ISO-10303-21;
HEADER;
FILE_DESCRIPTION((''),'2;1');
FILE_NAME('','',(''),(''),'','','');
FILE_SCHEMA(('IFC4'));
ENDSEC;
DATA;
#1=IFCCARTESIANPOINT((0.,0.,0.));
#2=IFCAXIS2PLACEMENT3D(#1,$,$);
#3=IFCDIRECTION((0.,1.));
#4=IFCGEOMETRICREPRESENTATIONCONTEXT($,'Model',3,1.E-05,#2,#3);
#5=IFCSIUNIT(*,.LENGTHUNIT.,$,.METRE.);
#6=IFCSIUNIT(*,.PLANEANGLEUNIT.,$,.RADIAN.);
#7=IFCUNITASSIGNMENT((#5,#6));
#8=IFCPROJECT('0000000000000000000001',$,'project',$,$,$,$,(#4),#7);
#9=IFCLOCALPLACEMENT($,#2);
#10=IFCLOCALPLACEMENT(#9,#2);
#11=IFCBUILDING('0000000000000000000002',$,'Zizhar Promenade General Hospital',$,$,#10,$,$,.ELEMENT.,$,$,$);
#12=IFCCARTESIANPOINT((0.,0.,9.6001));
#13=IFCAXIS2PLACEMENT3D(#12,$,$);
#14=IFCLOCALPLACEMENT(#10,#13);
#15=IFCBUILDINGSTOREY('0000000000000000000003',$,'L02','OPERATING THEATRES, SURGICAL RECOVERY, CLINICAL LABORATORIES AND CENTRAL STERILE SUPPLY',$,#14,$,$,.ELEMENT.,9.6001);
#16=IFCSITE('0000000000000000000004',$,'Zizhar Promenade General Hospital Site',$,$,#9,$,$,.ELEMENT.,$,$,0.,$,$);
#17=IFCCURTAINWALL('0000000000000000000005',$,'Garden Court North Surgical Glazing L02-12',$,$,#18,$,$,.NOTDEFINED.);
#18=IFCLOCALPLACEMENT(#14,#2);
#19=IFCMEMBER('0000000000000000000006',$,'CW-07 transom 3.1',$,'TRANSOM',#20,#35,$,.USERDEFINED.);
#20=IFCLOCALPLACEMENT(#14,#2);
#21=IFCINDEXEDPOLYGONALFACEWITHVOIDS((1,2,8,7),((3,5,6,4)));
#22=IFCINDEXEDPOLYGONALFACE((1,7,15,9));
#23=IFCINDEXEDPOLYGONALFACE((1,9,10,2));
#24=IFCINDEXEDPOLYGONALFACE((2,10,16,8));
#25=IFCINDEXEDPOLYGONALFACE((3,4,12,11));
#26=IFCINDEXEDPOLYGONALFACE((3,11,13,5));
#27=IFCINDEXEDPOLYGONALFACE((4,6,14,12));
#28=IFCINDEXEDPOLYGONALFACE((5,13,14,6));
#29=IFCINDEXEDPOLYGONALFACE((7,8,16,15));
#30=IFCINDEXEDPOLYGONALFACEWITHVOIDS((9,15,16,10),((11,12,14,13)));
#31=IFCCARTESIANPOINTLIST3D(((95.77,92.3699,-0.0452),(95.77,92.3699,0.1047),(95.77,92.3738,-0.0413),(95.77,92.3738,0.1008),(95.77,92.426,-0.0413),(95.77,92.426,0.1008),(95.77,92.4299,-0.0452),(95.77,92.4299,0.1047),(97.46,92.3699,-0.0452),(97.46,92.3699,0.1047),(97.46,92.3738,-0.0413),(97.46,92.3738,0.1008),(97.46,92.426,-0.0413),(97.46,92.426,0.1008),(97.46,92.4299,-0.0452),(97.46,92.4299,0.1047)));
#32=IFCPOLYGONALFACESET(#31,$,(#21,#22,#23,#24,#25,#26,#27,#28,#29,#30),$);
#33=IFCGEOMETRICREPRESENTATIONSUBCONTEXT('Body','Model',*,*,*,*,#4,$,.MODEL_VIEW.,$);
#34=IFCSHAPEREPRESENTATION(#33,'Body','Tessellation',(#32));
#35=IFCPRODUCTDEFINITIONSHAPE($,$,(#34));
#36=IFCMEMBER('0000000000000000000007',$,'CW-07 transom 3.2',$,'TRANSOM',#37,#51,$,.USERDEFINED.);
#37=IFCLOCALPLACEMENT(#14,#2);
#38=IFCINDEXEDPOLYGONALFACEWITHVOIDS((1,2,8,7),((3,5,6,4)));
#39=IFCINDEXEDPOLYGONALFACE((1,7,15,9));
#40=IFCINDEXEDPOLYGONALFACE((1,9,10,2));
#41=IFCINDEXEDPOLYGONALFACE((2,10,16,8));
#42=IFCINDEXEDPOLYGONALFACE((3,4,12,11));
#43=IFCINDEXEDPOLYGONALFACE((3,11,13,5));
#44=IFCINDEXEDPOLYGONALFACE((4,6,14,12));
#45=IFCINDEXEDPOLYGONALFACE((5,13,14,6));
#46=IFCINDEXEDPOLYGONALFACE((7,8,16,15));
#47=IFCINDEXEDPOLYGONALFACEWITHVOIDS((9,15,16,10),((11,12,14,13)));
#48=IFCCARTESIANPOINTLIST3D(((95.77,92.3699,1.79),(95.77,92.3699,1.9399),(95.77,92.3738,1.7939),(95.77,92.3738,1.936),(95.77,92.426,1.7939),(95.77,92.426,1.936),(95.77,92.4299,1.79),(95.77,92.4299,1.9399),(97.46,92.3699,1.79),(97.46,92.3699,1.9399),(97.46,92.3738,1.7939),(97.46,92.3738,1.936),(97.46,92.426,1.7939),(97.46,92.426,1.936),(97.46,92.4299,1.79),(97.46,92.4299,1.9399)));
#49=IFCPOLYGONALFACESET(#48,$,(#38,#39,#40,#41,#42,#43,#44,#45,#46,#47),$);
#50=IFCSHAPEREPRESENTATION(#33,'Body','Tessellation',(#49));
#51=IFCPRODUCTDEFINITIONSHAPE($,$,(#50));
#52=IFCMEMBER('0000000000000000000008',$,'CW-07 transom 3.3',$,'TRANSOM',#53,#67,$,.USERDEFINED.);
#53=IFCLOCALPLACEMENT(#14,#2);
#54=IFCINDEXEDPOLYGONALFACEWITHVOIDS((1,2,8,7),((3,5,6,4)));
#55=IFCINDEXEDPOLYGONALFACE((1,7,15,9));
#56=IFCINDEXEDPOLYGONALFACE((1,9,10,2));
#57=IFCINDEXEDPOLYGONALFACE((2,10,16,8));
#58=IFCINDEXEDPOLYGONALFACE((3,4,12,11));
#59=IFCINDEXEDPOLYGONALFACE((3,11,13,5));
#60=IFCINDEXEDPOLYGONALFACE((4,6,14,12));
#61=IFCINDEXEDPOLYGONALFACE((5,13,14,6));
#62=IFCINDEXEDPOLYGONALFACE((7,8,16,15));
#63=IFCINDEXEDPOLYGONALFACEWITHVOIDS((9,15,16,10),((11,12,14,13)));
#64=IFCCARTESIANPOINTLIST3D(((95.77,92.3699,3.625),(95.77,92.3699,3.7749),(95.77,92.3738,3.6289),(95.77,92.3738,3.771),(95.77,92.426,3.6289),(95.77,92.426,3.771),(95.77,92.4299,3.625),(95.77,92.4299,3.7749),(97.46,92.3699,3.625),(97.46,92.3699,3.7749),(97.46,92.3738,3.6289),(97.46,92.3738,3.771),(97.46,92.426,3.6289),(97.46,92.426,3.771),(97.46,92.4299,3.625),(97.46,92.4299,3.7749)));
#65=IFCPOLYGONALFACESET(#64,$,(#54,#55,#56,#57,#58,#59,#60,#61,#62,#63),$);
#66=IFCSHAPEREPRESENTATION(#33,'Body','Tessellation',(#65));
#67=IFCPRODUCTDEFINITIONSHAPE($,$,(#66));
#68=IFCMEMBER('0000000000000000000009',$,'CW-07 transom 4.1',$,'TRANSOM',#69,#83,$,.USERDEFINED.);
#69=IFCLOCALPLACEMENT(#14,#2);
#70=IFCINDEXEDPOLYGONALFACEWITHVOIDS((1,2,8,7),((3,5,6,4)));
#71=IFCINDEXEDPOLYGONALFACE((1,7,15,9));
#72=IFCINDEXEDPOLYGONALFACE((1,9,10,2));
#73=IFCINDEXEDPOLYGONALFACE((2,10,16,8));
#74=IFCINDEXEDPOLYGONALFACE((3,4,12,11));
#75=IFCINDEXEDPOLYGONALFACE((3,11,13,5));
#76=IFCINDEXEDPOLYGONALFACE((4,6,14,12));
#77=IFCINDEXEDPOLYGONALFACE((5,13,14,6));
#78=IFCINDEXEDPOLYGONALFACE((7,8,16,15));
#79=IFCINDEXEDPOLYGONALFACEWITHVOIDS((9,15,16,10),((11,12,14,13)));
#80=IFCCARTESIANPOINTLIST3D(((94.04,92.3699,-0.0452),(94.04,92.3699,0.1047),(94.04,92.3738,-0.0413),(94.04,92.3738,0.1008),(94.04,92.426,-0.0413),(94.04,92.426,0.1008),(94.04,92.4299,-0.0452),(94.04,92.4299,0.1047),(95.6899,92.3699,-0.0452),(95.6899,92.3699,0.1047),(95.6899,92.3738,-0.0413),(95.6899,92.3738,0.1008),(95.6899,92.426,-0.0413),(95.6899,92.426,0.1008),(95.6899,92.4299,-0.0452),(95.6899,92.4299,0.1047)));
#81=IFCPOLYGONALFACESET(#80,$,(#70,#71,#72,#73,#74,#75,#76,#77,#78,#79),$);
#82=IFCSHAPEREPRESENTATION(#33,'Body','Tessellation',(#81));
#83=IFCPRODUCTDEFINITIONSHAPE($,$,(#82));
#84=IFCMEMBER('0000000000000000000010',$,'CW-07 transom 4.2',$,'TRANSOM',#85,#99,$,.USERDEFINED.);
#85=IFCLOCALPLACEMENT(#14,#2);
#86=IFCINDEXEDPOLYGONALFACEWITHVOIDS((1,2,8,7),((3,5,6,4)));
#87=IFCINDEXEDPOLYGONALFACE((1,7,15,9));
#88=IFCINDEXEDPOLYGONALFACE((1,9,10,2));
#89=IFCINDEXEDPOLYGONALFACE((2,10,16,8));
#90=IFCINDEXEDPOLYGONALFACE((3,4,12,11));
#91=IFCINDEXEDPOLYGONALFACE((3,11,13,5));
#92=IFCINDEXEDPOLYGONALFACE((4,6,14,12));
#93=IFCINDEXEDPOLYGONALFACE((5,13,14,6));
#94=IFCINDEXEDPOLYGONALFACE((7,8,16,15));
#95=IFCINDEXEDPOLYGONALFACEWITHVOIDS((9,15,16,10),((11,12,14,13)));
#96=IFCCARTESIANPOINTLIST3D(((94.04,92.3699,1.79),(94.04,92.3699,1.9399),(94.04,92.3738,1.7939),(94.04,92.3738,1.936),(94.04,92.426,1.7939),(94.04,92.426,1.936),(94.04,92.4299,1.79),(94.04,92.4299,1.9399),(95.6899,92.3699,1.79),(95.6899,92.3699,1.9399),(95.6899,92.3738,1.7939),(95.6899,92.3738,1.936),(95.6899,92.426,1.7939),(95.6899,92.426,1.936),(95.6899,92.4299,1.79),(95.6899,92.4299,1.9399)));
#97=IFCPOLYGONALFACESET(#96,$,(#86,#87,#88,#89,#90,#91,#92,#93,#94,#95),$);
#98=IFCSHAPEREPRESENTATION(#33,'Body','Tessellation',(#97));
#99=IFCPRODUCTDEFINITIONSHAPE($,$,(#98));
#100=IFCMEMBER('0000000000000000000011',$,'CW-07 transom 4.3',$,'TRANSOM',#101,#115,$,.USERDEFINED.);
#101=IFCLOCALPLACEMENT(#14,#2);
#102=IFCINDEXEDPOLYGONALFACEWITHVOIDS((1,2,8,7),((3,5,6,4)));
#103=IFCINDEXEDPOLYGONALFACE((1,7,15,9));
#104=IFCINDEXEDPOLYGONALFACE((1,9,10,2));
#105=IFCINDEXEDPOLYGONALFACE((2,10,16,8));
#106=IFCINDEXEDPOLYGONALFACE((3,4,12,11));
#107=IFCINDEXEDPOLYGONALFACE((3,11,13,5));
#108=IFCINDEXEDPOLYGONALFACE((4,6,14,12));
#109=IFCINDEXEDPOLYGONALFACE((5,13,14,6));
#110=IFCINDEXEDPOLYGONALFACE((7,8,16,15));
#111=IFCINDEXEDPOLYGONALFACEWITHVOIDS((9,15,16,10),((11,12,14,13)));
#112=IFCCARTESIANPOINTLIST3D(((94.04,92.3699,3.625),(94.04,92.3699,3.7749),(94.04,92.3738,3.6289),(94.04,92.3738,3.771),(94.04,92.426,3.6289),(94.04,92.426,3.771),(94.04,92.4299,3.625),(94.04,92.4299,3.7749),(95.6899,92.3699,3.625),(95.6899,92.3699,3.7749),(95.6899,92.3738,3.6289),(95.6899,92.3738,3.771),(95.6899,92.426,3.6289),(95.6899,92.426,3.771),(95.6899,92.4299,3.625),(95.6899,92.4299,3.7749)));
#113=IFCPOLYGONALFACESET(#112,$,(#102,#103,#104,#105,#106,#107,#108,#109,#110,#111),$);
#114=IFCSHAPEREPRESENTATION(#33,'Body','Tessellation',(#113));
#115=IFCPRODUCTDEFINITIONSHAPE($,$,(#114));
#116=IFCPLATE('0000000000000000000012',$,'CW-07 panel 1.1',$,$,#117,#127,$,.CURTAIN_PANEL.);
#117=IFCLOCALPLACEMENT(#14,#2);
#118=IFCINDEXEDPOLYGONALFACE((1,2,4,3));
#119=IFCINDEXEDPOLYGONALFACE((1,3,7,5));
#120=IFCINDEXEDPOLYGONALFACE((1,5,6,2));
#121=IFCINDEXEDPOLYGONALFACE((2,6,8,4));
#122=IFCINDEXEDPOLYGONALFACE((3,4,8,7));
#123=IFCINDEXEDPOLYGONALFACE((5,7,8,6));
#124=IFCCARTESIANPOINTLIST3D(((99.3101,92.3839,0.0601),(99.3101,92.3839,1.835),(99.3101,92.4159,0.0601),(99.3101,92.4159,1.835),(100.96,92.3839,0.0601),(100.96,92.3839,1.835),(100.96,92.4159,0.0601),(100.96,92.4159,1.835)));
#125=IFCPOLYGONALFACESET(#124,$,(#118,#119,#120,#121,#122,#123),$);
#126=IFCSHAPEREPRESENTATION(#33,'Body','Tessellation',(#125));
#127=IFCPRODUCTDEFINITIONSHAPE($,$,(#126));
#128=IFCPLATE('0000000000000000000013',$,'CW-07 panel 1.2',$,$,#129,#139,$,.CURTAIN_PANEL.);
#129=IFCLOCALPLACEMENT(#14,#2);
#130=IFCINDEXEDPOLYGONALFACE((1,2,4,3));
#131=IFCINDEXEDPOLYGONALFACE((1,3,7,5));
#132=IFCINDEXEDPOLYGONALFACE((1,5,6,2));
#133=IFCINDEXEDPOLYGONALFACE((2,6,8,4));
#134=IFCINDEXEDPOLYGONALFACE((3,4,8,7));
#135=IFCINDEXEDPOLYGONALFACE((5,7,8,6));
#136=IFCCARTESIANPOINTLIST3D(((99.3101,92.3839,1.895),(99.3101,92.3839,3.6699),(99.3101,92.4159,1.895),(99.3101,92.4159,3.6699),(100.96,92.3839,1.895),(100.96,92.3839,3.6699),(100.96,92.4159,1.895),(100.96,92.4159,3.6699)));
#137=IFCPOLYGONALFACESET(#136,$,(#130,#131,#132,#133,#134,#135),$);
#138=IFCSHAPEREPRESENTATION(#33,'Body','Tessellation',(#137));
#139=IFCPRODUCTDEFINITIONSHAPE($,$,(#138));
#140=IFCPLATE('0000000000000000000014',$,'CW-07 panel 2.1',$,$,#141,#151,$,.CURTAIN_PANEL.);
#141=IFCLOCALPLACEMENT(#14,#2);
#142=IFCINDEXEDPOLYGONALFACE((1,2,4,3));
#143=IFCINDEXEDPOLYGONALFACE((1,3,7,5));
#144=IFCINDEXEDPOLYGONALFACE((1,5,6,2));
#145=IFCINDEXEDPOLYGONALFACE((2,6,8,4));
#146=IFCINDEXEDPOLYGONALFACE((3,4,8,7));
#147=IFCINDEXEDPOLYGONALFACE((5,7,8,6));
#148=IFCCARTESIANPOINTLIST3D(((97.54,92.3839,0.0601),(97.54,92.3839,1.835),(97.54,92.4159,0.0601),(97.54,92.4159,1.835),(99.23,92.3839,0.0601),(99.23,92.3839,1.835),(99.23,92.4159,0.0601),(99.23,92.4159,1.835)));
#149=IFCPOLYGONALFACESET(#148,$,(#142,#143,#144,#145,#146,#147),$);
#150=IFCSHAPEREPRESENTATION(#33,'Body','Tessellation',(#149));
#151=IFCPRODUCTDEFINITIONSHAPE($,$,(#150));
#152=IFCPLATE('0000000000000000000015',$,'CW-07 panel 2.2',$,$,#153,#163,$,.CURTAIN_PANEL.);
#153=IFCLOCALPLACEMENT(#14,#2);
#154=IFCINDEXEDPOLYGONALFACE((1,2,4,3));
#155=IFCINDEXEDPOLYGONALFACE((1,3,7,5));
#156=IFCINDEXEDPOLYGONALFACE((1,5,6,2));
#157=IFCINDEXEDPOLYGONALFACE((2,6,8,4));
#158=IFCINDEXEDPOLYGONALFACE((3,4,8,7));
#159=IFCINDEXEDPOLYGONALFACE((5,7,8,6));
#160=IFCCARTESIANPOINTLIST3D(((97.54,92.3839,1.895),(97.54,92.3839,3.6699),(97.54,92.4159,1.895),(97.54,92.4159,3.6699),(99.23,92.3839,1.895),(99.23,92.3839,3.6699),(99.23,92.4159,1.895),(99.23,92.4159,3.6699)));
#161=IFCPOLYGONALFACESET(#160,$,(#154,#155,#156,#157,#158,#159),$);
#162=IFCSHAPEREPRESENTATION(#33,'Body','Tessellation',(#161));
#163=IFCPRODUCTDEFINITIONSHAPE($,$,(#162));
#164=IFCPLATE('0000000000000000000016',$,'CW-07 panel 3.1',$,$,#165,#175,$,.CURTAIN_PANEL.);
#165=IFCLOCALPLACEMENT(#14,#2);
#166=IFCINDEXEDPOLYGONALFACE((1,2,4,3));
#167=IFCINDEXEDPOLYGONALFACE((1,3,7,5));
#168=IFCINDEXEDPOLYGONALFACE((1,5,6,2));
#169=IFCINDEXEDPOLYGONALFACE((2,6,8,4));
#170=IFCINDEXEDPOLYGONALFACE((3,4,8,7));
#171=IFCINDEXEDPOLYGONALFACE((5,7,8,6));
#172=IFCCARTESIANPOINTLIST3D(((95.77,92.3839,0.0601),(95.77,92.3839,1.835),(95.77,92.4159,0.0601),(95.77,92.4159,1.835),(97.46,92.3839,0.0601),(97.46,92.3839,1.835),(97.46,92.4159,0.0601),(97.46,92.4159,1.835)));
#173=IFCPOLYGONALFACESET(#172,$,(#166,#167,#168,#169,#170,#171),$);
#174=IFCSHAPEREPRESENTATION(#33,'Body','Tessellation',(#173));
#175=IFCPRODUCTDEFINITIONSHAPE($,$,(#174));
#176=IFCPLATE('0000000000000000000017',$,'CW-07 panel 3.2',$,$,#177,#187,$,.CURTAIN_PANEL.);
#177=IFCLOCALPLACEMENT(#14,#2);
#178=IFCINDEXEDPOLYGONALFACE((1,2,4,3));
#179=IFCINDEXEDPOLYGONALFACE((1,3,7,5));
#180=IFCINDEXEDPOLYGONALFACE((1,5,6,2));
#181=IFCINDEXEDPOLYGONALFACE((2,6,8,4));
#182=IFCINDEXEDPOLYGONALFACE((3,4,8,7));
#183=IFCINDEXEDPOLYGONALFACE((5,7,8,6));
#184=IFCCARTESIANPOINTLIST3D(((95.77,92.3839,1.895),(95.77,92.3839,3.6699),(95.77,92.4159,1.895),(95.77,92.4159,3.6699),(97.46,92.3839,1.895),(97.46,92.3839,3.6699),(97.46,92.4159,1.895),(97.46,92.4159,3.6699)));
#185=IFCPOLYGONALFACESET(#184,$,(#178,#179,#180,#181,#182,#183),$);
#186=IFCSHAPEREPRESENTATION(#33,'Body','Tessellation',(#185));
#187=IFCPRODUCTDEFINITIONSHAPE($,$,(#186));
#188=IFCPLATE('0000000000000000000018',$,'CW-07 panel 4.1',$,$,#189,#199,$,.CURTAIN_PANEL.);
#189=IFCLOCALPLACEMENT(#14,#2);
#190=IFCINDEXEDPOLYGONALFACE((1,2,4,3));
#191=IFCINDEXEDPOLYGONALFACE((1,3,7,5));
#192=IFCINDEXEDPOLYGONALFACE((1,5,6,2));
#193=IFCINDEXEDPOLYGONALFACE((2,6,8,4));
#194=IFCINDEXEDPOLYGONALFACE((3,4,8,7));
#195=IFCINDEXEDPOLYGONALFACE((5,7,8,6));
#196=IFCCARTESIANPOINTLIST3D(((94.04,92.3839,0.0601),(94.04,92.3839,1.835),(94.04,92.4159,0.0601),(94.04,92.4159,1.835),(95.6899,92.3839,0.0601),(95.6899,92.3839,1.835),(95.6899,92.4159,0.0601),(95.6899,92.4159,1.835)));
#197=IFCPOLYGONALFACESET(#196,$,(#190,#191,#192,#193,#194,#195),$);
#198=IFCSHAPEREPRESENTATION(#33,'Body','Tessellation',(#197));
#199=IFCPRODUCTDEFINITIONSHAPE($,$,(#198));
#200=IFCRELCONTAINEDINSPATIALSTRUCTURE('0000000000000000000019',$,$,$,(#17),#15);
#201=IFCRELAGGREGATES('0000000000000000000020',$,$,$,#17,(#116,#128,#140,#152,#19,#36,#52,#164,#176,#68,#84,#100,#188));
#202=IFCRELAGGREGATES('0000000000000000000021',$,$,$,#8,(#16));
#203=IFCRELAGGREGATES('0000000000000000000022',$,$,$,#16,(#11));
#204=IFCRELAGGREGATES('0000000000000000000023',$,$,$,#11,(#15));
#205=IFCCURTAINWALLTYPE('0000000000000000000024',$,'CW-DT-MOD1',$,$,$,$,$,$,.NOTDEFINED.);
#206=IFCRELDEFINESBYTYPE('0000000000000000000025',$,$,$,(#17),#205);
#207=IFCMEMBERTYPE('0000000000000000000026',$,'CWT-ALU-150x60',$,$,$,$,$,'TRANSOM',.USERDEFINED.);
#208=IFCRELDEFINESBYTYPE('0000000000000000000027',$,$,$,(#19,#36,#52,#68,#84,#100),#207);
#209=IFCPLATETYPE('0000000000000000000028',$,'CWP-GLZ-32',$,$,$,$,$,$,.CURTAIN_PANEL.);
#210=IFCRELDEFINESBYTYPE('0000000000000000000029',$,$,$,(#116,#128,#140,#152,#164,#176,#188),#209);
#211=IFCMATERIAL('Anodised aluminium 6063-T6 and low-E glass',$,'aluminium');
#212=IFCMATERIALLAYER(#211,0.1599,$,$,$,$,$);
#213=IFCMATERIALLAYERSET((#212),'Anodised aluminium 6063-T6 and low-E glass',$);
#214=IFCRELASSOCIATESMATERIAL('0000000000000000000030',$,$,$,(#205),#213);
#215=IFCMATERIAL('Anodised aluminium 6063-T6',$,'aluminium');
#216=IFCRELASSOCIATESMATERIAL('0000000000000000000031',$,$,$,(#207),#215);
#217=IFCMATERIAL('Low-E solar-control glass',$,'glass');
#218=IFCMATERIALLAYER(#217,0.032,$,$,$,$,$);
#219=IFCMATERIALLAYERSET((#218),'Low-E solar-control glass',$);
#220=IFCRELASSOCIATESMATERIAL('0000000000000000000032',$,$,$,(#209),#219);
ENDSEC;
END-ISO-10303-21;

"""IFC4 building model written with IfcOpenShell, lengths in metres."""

from ifc_helpers import new_model, si_unit, direction, frame, origin, origin_2d, place, context, subcontext, project, spatial, rectangle, hollow_rectangle, extrude, material, layer, layer_set, material_profile, profile_set, type_object, element, aggregate, save


model = new_model("IFC4")

# Units and contexts
model_context = context("Model", 3, precision=1e-05, world=origin(), true_north=direction((0.0, 1.0)))
body_context = subcontext(model_context, "Body", "Model", "MODEL_VIEW")
ifc_project = project(units=[si_unit("LENGTHUNIT", "METRE"), si_unit("PLANEANGLEUNIT", "RADIAN")], contexts=[model_context])

# Site, building, storey
site_placement = place(None, origin())
site = spatial("IfcSite", under=ifc_project, at=site_placement, Name="Zizhar Promenade General Hospital Site", CompositionType="ELEMENT", RefElevation=0.0)
building_placement = place(site_placement, origin())
building = spatial("IfcBuilding", under=site, at=building_placement, Name="Zizhar Promenade General Hospital", CompositionType="ELEMENT")
storey_placement = place(building_placement, frame((0.0, 0.0, 9.6001)))
storey = spatial("IfcBuildingStorey", under=building, at=storey_placement, Name="L02", Description="OPERATING THEATRES, SURGICAL RECOVERY, CLINICAL LABORATORIES AND CENTRAL STERILE SUPPLY", CompositionType="ELEMENT", Elevation=9.6001)

# Curtain wall, members, plates
ifc_material_1 = material(Name="Anodised aluminium 6063-T6 and low-E glass", Category="aluminium")
ifc_layer_1 = layer(ifc_material_1, 0.1599)
ifc_layer_set_1 = layer_set([ifc_layer_1], Name="Anodised aluminium 6063-T6 and low-E glass")
curtain_wall_type = type_object("IfcCurtainWallType", Name="CW-DT-MOD1", PredefinedType="NOTDEFINED", material=ifc_layer_set_1)
curtain_wall_placement = place(storey_placement, origin())
curtain_wall = element("IfcCurtainWall", 1, at=curtain_wall_placement, inside=storey, type_object=curtain_wall_type, Name="Garden Court North Surgical Glazing L02-12", PredefinedType="NOTDEFINED")
ifc_material_2 = material(Name="Anodised aluminium 6063-T6", Category="aluminium")
ifc_material_profile_1 = material_profile(ifc_material_2, hollow_rectangle(XDim=0.0601, YDim=0.1499, WallThickness=0.0039, at=origin_2d()))
ifc_profile_set_1 = profile_set([ifc_material_profile_1], Name="Anodised aluminium 6063-T6")
member_type_1 = type_object("IfcMemberType", Name="CWT-ALU-150x60", ElementType="TRANSOM", PredefinedType="USERDEFINED", material=ifc_profile_set_1)
member_1_placement = place(storey_placement, frame((97.46, 92.3999, 0.0298), z_axis=(-1.0, 0.0, 0.0), x_axis=(0.0, -1.0, 0.0)))
member_1 = element("IfcMember", 2, at=member_1_placement, type_object=member_type_1, Name="CW-07 transom 3.1", ObjectType="TRANSOM", PredefinedType="USERDEFINED", context=body_context, shape_type="SweptSolid", body=[
    extrude(hollow_rectangle(XDim=0.0601, YDim=0.1499, WallThickness=0.0039, at=origin_2d()), origin(), (0.0, 0.0, 1.0), 1.6899),
])
member_2_placement = place(storey_placement, frame((97.46, 92.3999, 1.865), z_axis=(-1.0, 0.0, 0.0), x_axis=(0.0, -1.0, 0.0)))
member_2 = element("IfcMember", 3, at=member_2_placement, type_object=member_type_1, Name="CW-07 transom 3.2", ObjectType="TRANSOM", PredefinedType="USERDEFINED", context=body_context, shape_type="SweptSolid", body=[
    extrude(hollow_rectangle(XDim=0.0601, YDim=0.1499, WallThickness=0.0039, at=origin_2d()), origin(), (0.0, 0.0, 1.0), 1.6899),
])
member_3_placement = place(storey_placement, frame((97.46, 92.3999, 3.7), z_axis=(-1.0, 0.0, 0.0), x_axis=(0.0, -1.0, 0.0)))
member_3 = element("IfcMember", 4, at=member_3_placement, type_object=member_type_1, Name="CW-07 transom 3.3", ObjectType="TRANSOM", PredefinedType="USERDEFINED", context=body_context, shape_type="SweptSolid", body=[
    extrude(hollow_rectangle(XDim=0.0601, YDim=0.1499, WallThickness=0.0039, at=origin_2d()), origin(), (0.0, 0.0, 1.0), 1.6899),
])
member_4_placement = place(storey_placement, frame((95.6899, 92.3999, 0.0298), z_axis=(-1.0, 0.0, 0.0), x_axis=(0.0, -1.0, 0.0)))
member_4 = element("IfcMember", 5, at=member_4_placement, type_object=member_type_1, Name="CW-07 transom 4.1", ObjectType="TRANSOM", PredefinedType="USERDEFINED", context=body_context, shape_type="SweptSolid", body=[
    extrude(hollow_rectangle(XDim=0.0601, YDim=0.1499, WallThickness=0.0039, at=origin_2d()), origin(), (0.0, 0.0, 1.0), 1.6499),
])
member_5_placement = place(storey_placement, frame((95.6899, 92.3999, 1.865), z_axis=(-1.0, 0.0, 0.0), x_axis=(0.0, -1.0, 0.0)))
member_5 = element("IfcMember", 6, at=member_5_placement, type_object=member_type_1, Name="CW-07 transom 4.2", ObjectType="TRANSOM", PredefinedType="USERDEFINED", context=body_context, shape_type="SweptSolid", body=[
    extrude(hollow_rectangle(XDim=0.0601, YDim=0.1499, WallThickness=0.0039, at=origin_2d()), origin(), (0.0, 0.0, 1.0), 1.6499),
])
member_6_placement = place(storey_placement, frame((95.6899, 92.3999, 3.7), z_axis=(-1.0, 0.0, 0.0), x_axis=(0.0, -1.0, 0.0)))
member_6 = element("IfcMember", 7, at=member_6_placement, type_object=member_type_1, Name="CW-07 transom 4.3", ObjectType="TRANSOM", PredefinedType="USERDEFINED", context=body_context, shape_type="SweptSolid", body=[
    extrude(hollow_rectangle(XDim=0.0601, YDim=0.1499, WallThickness=0.0039, at=origin_2d()), origin(), (0.0, 0.0, 1.0), 1.6499),
])
ifc_material_3 = material(Name="Low-E solar-control glass", Category="glass")
ifc_layer_2 = layer(ifc_material_3, 0.032)
ifc_layer_set_2 = layer_set([ifc_layer_2], Name="Low-E solar-control glass")
plate_type = type_object("IfcPlateType", Name="CWP-GLZ-32", PredefinedType="CURTAIN_PANEL", material=ifc_layer_set_2)
plate_1_placement = place(storey_placement, frame((100.135, 92.3999, 0.0601), z_axis=(0.0, 0.0, 1.0), x_axis=(-1.0, 0.0, 0.0)))
plate_1 = element("IfcPlate", 8, at=plate_1_placement, type_object=plate_type, Name="CW-07 panel 1.1", PredefinedType="CURTAIN_PANEL", context=body_context, shape_type="SweptSolid", body=[
    extrude(rectangle(XDim=1.6499, YDim=0.032, at=origin_2d()), origin(), (0.0, 0.0, 1.0), 1.7749),
])
plate_2_placement = place(storey_placement, frame((100.135, 92.3999, 1.895), z_axis=(0.0, 0.0, 1.0), x_axis=(-1.0, 0.0, 0.0)))
plate_2 = element("IfcPlate", 9, at=plate_2_placement, type_object=plate_type, Name="CW-07 panel 1.2", PredefinedType="CURTAIN_PANEL", context=body_context, shape_type="SweptSolid", body=[
    extrude(rectangle(XDim=1.6499, YDim=0.032, at=origin_2d()), origin(), (0.0, 0.0, 1.0), 1.7749),
])
plate_3_placement = place(storey_placement, frame((98.385, 92.3999, 0.0601), z_axis=(0.0, 0.0, 1.0), x_axis=(-1.0, 0.0, 0.0)))
plate_3 = element("IfcPlate", 10, at=plate_3_placement, type_object=plate_type, Name="CW-07 panel 2.1", PredefinedType="CURTAIN_PANEL", context=body_context, shape_type="SweptSolid", body=[
    extrude(rectangle(XDim=1.6899, YDim=0.032, at=origin_2d()), origin(), (0.0, 0.0, 1.0), 1.7749),
])
plate_4_placement = place(storey_placement, frame((98.385, 92.3999, 1.895), z_axis=(0.0, 0.0, 1.0), x_axis=(-1.0, 0.0, 0.0)))
plate_4 = element("IfcPlate", 11, at=plate_4_placement, type_object=plate_type, Name="CW-07 panel 2.2", PredefinedType="CURTAIN_PANEL", context=body_context, shape_type="SweptSolid", body=[
    extrude(rectangle(XDim=1.6899, YDim=0.032, at=origin_2d()), origin(), (0.0, 0.0, 1.0), 1.7749),
])
plate_5_placement = place(storey_placement, frame((96.615, 92.3999, 0.0601), z_axis=(0.0, 0.0, 1.0), x_axis=(-1.0, 0.0, 0.0)))
plate_5 = element("IfcPlate", 12, at=plate_5_placement, type_object=plate_type, Name="CW-07 panel 3.1", PredefinedType="CURTAIN_PANEL", context=body_context, shape_type="SweptSolid", body=[
    extrude(rectangle(XDim=1.6899, YDim=0.032, at=origin_2d()), origin(), (0.0, 0.0, 1.0), 1.7749),
])
plate_6_placement = place(storey_placement, frame((96.615, 92.3999, 1.895), z_axis=(0.0, 0.0, 1.0), x_axis=(-1.0, 0.0, 0.0)))
plate_6 = element("IfcPlate", 13, at=plate_6_placement, type_object=plate_type, Name="CW-07 panel 3.2", PredefinedType="CURTAIN_PANEL", context=body_context, shape_type="SweptSolid", body=[
    extrude(rectangle(XDim=1.6899, YDim=0.032, at=origin_2d()), origin(), (0.0, 0.0, 1.0), 1.7749),
])
plate_7_placement = place(storey_placement, frame((94.865, 92.3999, 0.0601), z_axis=(0.0, 0.0, 1.0), x_axis=(-1.0, 0.0, 0.0)))
plate_7 = element("IfcPlate", 14, at=plate_7_placement, type_object=plate_type, Name="CW-07 panel 4.1", PredefinedType="CURTAIN_PANEL", context=body_context, shape_type="SweptSolid", body=[
    extrude(rectangle(XDim=1.6499, YDim=0.032, at=origin_2d()), origin(), (0.0, 0.0, 1.0), 1.7749),
])
aggregate(curtain_wall, [plate_1, plate_2, plate_3, plate_4, member_1, member_2, member_3, plate_5, plate_6, member_4, member_5, member_6, plate_7])

save(model, "model.ifc")
